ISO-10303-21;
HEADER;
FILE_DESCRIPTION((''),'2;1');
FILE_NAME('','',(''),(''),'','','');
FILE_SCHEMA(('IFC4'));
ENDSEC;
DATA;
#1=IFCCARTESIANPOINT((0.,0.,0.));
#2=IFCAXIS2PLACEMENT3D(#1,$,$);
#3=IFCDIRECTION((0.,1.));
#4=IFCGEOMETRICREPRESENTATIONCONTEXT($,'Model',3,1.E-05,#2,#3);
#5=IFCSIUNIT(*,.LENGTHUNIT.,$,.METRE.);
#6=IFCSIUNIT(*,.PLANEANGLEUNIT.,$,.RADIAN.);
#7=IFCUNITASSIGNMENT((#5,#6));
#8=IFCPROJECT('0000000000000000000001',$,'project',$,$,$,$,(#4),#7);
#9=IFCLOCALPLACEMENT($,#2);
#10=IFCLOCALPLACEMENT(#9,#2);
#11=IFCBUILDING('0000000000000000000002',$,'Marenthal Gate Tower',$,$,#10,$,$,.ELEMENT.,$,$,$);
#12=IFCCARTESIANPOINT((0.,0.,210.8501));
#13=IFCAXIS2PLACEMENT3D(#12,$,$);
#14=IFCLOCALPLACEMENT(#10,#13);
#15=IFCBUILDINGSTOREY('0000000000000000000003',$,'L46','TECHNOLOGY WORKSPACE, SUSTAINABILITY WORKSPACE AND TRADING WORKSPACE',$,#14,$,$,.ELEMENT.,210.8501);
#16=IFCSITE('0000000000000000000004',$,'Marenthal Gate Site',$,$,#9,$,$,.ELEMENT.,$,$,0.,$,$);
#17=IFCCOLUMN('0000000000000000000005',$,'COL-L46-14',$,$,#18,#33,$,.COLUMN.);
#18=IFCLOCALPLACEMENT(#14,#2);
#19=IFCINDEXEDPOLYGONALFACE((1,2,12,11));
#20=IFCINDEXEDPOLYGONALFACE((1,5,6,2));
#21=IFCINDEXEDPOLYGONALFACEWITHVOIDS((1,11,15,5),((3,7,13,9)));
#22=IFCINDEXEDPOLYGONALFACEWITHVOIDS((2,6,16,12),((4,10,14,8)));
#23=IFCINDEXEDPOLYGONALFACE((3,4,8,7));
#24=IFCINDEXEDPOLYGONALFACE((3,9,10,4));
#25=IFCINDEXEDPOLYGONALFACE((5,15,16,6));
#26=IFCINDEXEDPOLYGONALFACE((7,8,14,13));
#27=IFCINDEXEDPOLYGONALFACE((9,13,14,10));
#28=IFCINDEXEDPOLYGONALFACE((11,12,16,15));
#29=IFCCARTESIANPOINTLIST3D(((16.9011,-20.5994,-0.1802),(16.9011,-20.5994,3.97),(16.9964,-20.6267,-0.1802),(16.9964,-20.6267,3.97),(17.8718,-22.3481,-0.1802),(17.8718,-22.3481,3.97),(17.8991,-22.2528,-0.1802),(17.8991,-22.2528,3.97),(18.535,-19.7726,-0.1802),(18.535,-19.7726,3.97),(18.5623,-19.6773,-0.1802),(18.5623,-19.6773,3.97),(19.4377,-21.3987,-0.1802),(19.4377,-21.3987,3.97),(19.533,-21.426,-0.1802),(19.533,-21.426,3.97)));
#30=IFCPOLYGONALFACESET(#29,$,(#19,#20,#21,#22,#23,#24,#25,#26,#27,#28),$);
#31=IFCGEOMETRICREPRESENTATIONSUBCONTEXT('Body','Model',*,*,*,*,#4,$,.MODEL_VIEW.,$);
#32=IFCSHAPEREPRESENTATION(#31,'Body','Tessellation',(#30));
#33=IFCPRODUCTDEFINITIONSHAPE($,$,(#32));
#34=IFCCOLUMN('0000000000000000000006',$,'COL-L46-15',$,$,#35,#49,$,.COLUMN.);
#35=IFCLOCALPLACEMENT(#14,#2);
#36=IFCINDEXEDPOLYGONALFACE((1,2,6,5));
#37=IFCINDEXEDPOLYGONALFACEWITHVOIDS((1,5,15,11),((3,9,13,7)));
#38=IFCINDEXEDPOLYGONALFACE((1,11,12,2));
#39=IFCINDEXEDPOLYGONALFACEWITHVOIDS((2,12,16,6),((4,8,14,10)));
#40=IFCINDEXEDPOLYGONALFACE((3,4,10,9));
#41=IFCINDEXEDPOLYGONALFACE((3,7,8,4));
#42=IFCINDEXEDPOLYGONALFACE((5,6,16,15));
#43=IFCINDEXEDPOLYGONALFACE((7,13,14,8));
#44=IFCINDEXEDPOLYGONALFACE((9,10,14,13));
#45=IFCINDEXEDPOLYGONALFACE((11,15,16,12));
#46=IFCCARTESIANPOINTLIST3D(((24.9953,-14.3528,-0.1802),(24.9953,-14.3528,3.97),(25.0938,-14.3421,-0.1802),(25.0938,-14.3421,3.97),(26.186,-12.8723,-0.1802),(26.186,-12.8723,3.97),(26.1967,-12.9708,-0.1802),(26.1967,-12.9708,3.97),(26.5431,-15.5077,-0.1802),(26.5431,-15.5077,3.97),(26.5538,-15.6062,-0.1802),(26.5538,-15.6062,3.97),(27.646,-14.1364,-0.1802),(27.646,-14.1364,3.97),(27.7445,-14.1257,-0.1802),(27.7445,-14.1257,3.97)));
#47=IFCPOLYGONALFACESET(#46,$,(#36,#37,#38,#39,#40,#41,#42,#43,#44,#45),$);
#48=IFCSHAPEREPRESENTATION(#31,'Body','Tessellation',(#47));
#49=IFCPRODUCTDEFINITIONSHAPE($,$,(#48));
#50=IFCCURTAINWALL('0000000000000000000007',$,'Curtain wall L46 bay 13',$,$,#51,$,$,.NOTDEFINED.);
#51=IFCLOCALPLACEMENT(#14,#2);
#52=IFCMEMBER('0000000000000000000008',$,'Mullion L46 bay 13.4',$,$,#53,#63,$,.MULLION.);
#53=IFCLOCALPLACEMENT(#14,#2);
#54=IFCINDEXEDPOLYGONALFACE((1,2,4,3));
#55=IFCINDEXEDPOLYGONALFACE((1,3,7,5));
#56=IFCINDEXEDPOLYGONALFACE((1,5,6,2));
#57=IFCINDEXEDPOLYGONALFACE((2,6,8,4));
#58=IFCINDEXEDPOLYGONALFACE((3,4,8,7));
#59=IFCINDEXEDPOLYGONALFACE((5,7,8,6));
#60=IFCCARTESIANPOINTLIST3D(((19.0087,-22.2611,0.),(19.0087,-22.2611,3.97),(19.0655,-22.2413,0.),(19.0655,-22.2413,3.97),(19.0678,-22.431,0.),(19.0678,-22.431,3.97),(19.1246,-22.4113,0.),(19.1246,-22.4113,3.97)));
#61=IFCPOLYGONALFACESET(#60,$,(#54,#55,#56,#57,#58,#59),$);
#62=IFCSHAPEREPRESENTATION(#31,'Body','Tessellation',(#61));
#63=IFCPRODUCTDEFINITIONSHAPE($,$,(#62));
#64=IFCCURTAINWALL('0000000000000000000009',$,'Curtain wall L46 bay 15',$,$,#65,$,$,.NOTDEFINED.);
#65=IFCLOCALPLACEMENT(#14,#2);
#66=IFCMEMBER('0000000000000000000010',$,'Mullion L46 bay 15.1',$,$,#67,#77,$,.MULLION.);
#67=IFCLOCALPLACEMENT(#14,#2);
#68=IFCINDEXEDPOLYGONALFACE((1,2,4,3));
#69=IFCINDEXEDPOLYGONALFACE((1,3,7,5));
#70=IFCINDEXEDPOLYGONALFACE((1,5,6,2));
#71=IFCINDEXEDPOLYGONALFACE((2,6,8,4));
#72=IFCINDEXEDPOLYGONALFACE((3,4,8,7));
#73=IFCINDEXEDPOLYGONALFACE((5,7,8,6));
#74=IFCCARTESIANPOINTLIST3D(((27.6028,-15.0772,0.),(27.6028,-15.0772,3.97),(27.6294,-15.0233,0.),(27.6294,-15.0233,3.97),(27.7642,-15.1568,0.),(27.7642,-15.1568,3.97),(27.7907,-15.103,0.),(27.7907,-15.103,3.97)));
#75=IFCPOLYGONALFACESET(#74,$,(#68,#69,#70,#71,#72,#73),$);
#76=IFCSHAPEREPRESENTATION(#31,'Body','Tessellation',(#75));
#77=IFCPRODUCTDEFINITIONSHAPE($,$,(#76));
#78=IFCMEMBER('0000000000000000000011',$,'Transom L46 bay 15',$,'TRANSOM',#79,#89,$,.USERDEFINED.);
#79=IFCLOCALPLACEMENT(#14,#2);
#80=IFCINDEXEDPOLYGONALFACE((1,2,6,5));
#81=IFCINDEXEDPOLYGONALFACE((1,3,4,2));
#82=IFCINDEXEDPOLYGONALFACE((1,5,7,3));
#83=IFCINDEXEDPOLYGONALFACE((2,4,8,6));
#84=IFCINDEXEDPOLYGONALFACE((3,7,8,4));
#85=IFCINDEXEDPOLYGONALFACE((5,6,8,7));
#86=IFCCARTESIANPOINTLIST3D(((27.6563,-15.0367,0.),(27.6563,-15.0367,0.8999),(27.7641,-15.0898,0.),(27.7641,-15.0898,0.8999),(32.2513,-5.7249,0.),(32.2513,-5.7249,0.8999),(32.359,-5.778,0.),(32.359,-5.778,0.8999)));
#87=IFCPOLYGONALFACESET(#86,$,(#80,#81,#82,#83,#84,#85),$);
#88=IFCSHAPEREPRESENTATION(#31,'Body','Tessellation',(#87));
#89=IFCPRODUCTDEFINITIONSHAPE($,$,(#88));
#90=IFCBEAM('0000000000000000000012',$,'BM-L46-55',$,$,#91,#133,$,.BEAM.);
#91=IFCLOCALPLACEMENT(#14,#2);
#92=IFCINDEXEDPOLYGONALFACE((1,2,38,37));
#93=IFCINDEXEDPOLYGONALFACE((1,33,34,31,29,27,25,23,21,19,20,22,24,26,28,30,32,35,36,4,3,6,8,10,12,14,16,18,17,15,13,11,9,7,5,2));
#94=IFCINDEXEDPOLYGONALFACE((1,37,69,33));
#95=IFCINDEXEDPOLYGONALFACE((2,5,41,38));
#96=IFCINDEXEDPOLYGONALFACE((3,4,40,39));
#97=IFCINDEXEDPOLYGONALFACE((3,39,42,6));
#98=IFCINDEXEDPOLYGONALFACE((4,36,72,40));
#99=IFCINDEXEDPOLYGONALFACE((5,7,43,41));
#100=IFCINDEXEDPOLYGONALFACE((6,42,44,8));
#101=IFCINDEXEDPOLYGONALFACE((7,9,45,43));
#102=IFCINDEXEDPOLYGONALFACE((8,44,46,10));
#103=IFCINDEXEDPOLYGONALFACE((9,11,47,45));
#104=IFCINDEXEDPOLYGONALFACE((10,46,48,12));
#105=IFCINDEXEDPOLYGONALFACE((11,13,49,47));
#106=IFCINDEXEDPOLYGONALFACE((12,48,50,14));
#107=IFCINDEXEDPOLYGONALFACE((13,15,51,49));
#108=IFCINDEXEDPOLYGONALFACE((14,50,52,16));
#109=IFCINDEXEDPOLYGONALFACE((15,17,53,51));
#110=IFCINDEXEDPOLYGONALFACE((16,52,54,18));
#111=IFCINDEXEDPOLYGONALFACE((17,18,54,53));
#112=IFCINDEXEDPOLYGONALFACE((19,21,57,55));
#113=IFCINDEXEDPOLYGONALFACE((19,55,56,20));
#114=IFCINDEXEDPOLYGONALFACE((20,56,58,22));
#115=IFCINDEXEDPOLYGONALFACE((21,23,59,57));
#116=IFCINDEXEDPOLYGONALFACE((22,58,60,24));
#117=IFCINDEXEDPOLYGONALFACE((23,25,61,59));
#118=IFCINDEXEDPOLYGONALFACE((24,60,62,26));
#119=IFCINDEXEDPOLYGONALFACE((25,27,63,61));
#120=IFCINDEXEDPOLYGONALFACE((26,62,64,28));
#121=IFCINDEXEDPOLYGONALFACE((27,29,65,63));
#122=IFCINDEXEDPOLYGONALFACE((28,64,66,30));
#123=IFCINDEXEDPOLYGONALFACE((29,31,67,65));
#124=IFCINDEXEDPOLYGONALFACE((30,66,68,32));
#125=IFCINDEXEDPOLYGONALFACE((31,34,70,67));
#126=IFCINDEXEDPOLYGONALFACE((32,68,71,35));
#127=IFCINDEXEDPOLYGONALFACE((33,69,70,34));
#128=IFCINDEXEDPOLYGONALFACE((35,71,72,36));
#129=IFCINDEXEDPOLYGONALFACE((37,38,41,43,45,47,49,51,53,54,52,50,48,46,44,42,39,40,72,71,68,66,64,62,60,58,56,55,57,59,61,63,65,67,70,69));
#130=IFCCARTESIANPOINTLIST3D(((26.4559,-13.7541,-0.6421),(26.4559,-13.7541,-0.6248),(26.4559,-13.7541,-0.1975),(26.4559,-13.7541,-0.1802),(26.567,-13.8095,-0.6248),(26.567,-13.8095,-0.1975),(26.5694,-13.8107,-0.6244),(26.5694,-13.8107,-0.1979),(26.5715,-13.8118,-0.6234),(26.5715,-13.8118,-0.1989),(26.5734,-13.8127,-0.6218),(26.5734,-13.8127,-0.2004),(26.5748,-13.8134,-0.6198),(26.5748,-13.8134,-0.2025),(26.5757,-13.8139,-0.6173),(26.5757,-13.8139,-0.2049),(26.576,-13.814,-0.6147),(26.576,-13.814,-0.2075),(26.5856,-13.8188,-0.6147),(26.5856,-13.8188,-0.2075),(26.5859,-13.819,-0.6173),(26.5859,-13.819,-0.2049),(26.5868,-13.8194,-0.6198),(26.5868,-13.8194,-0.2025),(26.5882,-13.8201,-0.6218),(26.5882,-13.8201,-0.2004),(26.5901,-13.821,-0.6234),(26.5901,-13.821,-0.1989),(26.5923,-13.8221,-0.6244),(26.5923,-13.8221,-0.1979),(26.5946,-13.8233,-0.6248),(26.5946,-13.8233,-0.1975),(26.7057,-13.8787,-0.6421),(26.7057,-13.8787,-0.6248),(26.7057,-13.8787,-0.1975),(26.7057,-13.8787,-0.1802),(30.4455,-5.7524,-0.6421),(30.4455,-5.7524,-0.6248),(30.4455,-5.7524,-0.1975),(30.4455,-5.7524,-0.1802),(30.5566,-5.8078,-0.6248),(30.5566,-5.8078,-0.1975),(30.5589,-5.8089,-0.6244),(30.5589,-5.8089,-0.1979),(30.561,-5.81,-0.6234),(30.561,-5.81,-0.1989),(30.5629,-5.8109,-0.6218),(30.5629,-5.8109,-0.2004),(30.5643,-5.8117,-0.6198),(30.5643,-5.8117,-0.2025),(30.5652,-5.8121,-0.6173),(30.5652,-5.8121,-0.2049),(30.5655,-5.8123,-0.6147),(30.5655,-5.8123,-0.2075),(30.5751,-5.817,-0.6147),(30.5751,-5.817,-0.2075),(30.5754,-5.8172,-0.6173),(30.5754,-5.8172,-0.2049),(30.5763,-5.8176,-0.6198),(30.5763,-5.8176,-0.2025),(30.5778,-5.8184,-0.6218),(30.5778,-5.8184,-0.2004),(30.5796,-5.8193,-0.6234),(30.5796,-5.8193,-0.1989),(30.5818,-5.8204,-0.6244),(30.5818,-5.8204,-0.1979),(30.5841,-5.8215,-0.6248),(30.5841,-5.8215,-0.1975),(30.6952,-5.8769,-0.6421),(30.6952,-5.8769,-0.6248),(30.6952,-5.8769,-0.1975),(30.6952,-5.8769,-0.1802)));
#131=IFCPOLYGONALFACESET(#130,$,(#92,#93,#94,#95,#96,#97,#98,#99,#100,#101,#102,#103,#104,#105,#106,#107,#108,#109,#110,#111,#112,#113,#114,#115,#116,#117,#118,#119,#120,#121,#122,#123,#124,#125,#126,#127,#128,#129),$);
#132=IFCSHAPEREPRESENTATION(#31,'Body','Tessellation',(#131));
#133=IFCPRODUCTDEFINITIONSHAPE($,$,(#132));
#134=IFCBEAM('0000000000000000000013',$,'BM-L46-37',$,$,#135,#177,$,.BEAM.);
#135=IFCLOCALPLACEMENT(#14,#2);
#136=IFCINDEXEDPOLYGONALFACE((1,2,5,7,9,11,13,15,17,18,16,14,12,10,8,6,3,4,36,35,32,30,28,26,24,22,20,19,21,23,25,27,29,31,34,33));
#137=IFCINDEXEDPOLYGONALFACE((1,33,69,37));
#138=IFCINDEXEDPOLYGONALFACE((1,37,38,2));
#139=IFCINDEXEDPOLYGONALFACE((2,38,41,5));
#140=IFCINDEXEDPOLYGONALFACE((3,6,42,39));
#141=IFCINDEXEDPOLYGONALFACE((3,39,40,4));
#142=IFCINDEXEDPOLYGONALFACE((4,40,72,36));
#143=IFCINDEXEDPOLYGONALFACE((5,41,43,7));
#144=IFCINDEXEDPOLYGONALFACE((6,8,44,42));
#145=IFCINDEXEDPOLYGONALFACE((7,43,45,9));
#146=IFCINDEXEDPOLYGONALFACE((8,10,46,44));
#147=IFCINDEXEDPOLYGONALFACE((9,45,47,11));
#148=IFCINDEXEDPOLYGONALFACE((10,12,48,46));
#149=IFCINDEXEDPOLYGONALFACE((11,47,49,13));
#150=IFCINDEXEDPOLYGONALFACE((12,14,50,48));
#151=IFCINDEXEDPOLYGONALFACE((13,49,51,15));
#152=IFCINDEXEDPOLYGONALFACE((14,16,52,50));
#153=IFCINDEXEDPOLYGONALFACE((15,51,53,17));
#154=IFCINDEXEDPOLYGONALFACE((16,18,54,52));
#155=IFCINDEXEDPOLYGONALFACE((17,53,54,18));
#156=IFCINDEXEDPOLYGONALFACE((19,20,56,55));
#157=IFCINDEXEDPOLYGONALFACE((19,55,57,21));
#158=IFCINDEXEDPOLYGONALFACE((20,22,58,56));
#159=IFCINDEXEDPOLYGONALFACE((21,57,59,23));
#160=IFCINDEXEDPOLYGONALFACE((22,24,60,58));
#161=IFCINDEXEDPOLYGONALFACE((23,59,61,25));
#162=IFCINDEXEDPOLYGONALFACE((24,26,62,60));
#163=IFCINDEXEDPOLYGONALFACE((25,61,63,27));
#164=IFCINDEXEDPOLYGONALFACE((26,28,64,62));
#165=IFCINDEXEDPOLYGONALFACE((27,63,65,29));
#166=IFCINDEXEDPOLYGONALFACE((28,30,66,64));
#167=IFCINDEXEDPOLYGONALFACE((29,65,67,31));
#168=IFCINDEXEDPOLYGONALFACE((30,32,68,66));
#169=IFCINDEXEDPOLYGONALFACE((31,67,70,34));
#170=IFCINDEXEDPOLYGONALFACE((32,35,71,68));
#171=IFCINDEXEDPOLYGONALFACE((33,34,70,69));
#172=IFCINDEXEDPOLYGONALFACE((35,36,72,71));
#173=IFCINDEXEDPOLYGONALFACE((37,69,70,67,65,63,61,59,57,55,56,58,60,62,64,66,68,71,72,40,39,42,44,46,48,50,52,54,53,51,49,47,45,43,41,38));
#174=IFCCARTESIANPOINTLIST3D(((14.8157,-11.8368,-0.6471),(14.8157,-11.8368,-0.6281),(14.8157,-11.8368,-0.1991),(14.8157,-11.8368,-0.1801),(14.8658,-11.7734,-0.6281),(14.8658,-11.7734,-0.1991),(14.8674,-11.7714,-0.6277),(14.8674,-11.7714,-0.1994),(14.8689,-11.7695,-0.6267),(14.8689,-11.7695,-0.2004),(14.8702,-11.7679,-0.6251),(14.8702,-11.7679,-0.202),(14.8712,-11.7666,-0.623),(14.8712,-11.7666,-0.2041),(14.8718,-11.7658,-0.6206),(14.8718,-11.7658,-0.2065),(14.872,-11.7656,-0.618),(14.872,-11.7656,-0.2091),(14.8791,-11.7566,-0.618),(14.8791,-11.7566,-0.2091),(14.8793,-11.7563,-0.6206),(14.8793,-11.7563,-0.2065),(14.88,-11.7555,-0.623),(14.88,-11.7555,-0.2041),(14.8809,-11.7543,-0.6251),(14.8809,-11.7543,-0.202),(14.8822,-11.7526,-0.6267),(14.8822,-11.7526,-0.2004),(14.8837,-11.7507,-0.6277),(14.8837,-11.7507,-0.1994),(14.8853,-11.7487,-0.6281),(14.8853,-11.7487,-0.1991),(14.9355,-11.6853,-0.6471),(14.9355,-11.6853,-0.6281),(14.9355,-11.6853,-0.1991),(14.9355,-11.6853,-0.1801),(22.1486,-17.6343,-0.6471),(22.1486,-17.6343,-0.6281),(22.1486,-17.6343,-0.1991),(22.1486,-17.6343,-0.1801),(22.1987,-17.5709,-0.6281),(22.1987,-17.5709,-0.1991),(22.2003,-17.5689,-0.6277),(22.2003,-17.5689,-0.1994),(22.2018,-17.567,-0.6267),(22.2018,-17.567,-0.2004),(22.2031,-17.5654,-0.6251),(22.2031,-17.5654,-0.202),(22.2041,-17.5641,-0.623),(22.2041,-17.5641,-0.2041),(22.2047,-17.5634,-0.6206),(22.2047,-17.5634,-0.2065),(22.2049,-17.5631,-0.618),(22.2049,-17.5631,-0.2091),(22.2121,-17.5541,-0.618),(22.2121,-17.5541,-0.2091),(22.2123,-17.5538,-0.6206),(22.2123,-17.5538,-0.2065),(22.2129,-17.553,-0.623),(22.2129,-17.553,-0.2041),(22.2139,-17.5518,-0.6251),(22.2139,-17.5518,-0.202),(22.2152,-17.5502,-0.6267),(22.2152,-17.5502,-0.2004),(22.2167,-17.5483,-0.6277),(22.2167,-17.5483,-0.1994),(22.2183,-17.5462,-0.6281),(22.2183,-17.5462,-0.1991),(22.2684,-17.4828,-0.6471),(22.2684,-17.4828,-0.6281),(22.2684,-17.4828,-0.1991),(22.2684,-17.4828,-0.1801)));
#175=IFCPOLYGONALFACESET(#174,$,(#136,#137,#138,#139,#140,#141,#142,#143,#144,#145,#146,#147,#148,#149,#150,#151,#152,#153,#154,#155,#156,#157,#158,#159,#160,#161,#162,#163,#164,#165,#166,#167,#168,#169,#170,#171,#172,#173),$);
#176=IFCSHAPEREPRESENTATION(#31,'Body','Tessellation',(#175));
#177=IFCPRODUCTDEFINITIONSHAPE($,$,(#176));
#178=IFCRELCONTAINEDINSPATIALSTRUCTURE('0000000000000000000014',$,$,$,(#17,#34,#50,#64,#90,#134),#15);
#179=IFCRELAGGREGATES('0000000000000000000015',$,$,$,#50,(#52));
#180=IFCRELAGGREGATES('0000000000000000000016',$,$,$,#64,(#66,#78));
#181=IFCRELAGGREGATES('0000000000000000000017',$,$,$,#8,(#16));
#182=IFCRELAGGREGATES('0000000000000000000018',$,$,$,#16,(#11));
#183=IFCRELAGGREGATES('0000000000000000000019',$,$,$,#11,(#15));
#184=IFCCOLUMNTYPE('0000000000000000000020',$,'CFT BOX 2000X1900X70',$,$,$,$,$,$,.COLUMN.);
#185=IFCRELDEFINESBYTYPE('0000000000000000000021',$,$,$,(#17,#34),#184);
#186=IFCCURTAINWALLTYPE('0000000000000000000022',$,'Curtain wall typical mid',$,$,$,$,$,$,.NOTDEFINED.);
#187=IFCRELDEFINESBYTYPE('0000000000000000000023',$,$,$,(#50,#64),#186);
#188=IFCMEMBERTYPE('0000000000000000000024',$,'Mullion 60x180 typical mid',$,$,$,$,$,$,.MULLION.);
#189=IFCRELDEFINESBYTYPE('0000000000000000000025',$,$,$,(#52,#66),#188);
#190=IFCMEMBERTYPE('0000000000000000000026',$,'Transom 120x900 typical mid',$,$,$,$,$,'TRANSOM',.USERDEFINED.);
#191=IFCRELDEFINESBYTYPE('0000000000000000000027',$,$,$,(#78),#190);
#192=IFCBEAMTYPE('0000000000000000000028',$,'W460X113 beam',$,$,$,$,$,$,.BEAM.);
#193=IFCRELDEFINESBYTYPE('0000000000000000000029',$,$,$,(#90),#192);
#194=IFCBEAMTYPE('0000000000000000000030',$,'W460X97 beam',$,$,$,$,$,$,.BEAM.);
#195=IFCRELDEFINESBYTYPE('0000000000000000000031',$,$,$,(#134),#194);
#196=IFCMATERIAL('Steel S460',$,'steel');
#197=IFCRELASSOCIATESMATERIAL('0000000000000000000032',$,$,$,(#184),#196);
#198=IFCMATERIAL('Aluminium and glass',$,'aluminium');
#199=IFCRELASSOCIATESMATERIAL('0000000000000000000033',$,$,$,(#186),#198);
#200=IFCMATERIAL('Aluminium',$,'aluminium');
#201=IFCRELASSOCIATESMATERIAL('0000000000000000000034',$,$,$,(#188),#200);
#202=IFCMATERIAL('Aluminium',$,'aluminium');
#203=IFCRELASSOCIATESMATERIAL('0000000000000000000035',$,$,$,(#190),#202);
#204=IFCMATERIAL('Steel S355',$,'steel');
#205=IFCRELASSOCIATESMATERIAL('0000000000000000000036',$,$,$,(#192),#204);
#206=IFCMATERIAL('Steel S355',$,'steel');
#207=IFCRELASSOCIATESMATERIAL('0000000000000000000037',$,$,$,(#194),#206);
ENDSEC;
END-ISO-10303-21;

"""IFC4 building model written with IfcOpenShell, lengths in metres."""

from ifc_helpers import new_model, si_unit, direction, frame, origin, origin_2d, place, context, subcontext, project, spatial, rectangle, hollow_rectangle, i_section, extrude, material, material_profile, profile_set, type_object, element, aggregate, save


model = new_model("IFC4")

# Units and contexts
model_context = context("Model", 3, precision=1e-05, world=origin(), true_north=direction((0.0, 1.0)))
body_context = subcontext(model_context, "Body", "Model", "MODEL_VIEW")
ifc_project = project(units=[si_unit("LENGTHUNIT", "METRE"), si_unit("PLANEANGLEUNIT", "RADIAN")], contexts=[model_context])

# Site, building, storey
site_placement = place(None, origin())
site = spatial("IfcSite", under=ifc_project, at=site_placement, Name="Marenthal Gate Site", CompositionType="ELEMENT", RefElevation=0.0)
building_placement = place(site_placement, origin())
building = spatial("IfcBuilding", under=site, at=building_placement, Name="Marenthal Gate Tower", CompositionType="ELEMENT")
storey_placement = place(building_placement, frame((0.0, 0.0, 210.8501)))
storey = spatial("IfcBuildingStorey", under=building, at=storey_placement, Name="L46", Description="TECHNOLOGY WORKSPACE, SUSTAINABILITY WORKSPACE AND TRADING WORKSPACE", CompositionType="ELEMENT", Elevation=210.8501)

# Columns
ifc_material_1 = material(Name="Steel S460", Category="steel")
ifc_material_profile_1 = material_profile(ifc_material_1, hollow_rectangle(XDim=1.8999, YDim=2.0, WallThickness=0.0701, at=origin_2d()), Name="CFT BOX 2000X1900X70")
ifc_material_2 = material(Name="Concrete 70 MPa", Category="concrete")
ifc_material_profile_2 = material_profile(ifc_material_2, rectangle(XDim=1.76, YDim=1.8601, at=origin_2d()), Name="CFT BOX 2000X1900X70 INFILL")
ifc_profile_set_1 = profile_set([ifc_material_profile_1, ifc_material_profile_2], Name="Steel S460 shell, Concrete 70 MPa infill")
column_type = type_object("IfcColumnType", Name="CFT BOX 2000X1900X70", PredefinedType="COLUMN", material=ifc_profile_set_1)
for number, where, z_axis, x_axis, name in (
    (1, (18.217, -21.0127, -0.1802), (0.0, 0.0, 1.0), (-0.874319, -0.485351, 0.0), "COL-L46-14"),
    (2, (26.3699, -14.2393, -0.1802), (0.0, 0.0, 1.0), (-0.626719, -0.779245, 0.0), "COL-L46-15"),
):
    element("IfcColumn", number, at=place(storey_placement, frame(where, z_axis=z_axis, x_axis=x_axis)), inside=storey, type_object=column_type, Name=name, PredefinedType="COLUMN", context=body_context, shape_type="SweptSolid", body=[
        extrude(hollow_rectangle(XDim=1.8999, YDim=2.0, WallThickness=0.0701, at=origin_2d()), origin(), (0.0, 0.0, 1.0), 4.1501),
    ])

# Curtain wall, member
ifc_material_3 = material(Name="Aluminium and glass", Category="aluminium")
curtain_wall_type = type_object("IfcCurtainWallType", Name="Curtain wall typical mid", PredefinedType="NOTDEFINED", material=ifc_material_3)
curtain_wall_1_placement = place(storey_placement, origin())
curtain_wall_1 = element("IfcCurtainWall", 3, at=curtain_wall_1_placement, inside=storey, type_object=curtain_wall_type, Name="Curtain wall L46 bay 13", PredefinedType="NOTDEFINED")
ifc_material_4 = material(Name="Aluminium", Category="aluminium")
ifc_material_profile_3 = material_profile(ifc_material_4, rectangle(XDim=0.1799, YDim=0.0601, at=origin_2d()), Name="60x180 aluminium mullion")
ifc_profile_set_2 = profile_set([ifc_material_profile_3], Name="Aluminium")
member_type_1 = type_object("IfcMemberType", Name="Mullion 60x180 typical mid", PredefinedType="MULLION", material=ifc_profile_set_2)
member_1_placement = place(storey_placement, frame((19.0667, -22.3362, 0.0), z_axis=(0.0, 0.0, 1.0), x_axis=(-0.3284, 0.944539, 0.0)))
member_1 = element("IfcMember", 4, at=member_1_placement, type_object=member_type_1, Name="Mullion L46 bay 13.4", PredefinedType="MULLION", context=body_context, shape_type="SweptSolid", body=[
    extrude(rectangle(XDim=0.1799, YDim=0.0601, at=origin_2d()), origin(), (0.0, 0.0, 1.0), 3.97),
])
aggregate(curtain_wall_1, [member_1])

# Curtain wall, members
curtain_wall_2_placement = place(storey_placement, origin())
curtain_wall_2 = element("IfcCurtainWall", 5, at=curtain_wall_2_placement, inside=storey, type_object=curtain_wall_type, Name="Curtain wall L46 bay 15", PredefinedType="NOTDEFINED")
member_2_placement = place(storey_placement, frame((27.6968, -15.0901, 0.0), z_axis=(0.0, 0.0, 1.0), x_axis=(-0.896757, 0.442523, 0.0)))
member_2 = element("IfcMember", 6, at=member_2_placement, type_object=member_type_1, Name="Mullion L46 bay 15.1", PredefinedType="MULLION", context=body_context, shape_type="SweptSolid", body=[
    extrude(rectangle(XDim=0.1799, YDim=0.0601, at=origin_2d()), origin(), (0.0, 0.0, 1.0), 3.97),
])
ifc_material_5 = material(Name="Aluminium", Category="aluminium")
ifc_material_profile_4 = material_profile(ifc_material_5, rectangle(XDim=0.1201, YDim=0.8999, at=origin_2d()), Name="120x900 aluminium transom")
ifc_profile_set_3 = profile_set([ifc_material_profile_4], Name="Aluminium")
member_type_2 = type_object("IfcMemberType", Name="Transom 120x900 typical mid", ElementType="TRANSOM", PredefinedType="USERDEFINED", material=ifc_profile_set_3)
member_3_placement = place(storey_placement, frame((27.7102, -15.0632, 0.45), z_axis=(0.442514, 0.896761, 0.0), x_axis=(-0.896761, 0.442514, 0.0)))
member_3 = element("IfcMember", 7, at=member_3_placement, type_object=member_type_2, Name="Transom L46 bay 15", ObjectType="TRANSOM", PredefinedType="USERDEFINED", context=body_context, shape_type="SweptSolid", body=[
    extrude(rectangle(XDim=0.1201, YDim=0.8999, at=origin_2d()), origin(), (0.0, 0.0, 1.0), 10.3838),
])
aggregate(curtain_wall_2, [member_2, member_3])

# Beams
ifc_material_6 = material(Name="Steel S355", Category="steel")
ifc_material_profile_5 = material_profile(ifc_material_6, i_section(OverallWidth=0.2791, OverallDepth=0.4619, WebThickness=0.0107, FlangeThickness=0.0173, FilletRadius=0.01, at=origin_2d()), Name="W460X113")
ifc_profile_set_4 = profile_set([ifc_material_profile_5], Name="Steel S355")
beam_type_1 = type_object("IfcBeamType", Name="W460X113 beam", PredefinedType="BEAM", material=ifc_profile_set_4)
beam_1_placement = place(storey_placement, frame((26.5808, -13.8164, -0.4111), z_axis=(0.446198, 0.894934, 0.0), x_axis=(-0.894934, 0.446198, 0.0)))
element("IfcBeam", 8, at=beam_1_placement, inside=storey, type_object=beam_type_1, Name="BM-L46-55", PredefinedType="BEAM", context=body_context, shape_type="SweptSolid", body=[
    extrude(i_section(OverallWidth=0.2791, OverallDepth=0.4619, WebThickness=0.0107, FlangeThickness=0.0173, FilletRadius=0.01, at=origin_2d()), origin(), (0.0, 0.0, 1.0), 8.9412),
])
ifc_material_7 = material(Name="Steel S355", Category="steel")
ifc_material_profile_6 = material_profile(ifc_material_7, i_section(OverallWidth=0.1931, OverallDepth=0.467, WebThickness=0.0115, FlangeThickness=0.019, FilletRadius=0.01, at=origin_2d()), Name="W460X97")
ifc_profile_set_5 = profile_set([ifc_material_profile_6], Name="Steel S355")
beam_type_2 = type_object("IfcBeamType", Name="W460X97 beam", PredefinedType="BEAM", material=ifc_profile_set_5)
beam_2_placement = place(storey_placement, frame((22.2085, -17.5586, -0.4136), z_axis=(-0.784446, 0.620197, 0.0), x_axis=(-0.620197, -0.784446, 0.0)))
element("IfcBeam", 9, at=beam_2_placement, inside=storey, type_object=beam_type_2, Name="BM-L46-37", PredefinedType="BEAM", context=body_context, shape_type="SweptSolid", body=[
    extrude(i_section(OverallWidth=0.1931, OverallDepth=0.467, WebThickness=0.0115, FlangeThickness=0.019, FilletRadius=0.01, at=origin_2d()), origin(), (0.0, 0.0, 1.0), 9.3479),
])

save(model, "model.ifc")
